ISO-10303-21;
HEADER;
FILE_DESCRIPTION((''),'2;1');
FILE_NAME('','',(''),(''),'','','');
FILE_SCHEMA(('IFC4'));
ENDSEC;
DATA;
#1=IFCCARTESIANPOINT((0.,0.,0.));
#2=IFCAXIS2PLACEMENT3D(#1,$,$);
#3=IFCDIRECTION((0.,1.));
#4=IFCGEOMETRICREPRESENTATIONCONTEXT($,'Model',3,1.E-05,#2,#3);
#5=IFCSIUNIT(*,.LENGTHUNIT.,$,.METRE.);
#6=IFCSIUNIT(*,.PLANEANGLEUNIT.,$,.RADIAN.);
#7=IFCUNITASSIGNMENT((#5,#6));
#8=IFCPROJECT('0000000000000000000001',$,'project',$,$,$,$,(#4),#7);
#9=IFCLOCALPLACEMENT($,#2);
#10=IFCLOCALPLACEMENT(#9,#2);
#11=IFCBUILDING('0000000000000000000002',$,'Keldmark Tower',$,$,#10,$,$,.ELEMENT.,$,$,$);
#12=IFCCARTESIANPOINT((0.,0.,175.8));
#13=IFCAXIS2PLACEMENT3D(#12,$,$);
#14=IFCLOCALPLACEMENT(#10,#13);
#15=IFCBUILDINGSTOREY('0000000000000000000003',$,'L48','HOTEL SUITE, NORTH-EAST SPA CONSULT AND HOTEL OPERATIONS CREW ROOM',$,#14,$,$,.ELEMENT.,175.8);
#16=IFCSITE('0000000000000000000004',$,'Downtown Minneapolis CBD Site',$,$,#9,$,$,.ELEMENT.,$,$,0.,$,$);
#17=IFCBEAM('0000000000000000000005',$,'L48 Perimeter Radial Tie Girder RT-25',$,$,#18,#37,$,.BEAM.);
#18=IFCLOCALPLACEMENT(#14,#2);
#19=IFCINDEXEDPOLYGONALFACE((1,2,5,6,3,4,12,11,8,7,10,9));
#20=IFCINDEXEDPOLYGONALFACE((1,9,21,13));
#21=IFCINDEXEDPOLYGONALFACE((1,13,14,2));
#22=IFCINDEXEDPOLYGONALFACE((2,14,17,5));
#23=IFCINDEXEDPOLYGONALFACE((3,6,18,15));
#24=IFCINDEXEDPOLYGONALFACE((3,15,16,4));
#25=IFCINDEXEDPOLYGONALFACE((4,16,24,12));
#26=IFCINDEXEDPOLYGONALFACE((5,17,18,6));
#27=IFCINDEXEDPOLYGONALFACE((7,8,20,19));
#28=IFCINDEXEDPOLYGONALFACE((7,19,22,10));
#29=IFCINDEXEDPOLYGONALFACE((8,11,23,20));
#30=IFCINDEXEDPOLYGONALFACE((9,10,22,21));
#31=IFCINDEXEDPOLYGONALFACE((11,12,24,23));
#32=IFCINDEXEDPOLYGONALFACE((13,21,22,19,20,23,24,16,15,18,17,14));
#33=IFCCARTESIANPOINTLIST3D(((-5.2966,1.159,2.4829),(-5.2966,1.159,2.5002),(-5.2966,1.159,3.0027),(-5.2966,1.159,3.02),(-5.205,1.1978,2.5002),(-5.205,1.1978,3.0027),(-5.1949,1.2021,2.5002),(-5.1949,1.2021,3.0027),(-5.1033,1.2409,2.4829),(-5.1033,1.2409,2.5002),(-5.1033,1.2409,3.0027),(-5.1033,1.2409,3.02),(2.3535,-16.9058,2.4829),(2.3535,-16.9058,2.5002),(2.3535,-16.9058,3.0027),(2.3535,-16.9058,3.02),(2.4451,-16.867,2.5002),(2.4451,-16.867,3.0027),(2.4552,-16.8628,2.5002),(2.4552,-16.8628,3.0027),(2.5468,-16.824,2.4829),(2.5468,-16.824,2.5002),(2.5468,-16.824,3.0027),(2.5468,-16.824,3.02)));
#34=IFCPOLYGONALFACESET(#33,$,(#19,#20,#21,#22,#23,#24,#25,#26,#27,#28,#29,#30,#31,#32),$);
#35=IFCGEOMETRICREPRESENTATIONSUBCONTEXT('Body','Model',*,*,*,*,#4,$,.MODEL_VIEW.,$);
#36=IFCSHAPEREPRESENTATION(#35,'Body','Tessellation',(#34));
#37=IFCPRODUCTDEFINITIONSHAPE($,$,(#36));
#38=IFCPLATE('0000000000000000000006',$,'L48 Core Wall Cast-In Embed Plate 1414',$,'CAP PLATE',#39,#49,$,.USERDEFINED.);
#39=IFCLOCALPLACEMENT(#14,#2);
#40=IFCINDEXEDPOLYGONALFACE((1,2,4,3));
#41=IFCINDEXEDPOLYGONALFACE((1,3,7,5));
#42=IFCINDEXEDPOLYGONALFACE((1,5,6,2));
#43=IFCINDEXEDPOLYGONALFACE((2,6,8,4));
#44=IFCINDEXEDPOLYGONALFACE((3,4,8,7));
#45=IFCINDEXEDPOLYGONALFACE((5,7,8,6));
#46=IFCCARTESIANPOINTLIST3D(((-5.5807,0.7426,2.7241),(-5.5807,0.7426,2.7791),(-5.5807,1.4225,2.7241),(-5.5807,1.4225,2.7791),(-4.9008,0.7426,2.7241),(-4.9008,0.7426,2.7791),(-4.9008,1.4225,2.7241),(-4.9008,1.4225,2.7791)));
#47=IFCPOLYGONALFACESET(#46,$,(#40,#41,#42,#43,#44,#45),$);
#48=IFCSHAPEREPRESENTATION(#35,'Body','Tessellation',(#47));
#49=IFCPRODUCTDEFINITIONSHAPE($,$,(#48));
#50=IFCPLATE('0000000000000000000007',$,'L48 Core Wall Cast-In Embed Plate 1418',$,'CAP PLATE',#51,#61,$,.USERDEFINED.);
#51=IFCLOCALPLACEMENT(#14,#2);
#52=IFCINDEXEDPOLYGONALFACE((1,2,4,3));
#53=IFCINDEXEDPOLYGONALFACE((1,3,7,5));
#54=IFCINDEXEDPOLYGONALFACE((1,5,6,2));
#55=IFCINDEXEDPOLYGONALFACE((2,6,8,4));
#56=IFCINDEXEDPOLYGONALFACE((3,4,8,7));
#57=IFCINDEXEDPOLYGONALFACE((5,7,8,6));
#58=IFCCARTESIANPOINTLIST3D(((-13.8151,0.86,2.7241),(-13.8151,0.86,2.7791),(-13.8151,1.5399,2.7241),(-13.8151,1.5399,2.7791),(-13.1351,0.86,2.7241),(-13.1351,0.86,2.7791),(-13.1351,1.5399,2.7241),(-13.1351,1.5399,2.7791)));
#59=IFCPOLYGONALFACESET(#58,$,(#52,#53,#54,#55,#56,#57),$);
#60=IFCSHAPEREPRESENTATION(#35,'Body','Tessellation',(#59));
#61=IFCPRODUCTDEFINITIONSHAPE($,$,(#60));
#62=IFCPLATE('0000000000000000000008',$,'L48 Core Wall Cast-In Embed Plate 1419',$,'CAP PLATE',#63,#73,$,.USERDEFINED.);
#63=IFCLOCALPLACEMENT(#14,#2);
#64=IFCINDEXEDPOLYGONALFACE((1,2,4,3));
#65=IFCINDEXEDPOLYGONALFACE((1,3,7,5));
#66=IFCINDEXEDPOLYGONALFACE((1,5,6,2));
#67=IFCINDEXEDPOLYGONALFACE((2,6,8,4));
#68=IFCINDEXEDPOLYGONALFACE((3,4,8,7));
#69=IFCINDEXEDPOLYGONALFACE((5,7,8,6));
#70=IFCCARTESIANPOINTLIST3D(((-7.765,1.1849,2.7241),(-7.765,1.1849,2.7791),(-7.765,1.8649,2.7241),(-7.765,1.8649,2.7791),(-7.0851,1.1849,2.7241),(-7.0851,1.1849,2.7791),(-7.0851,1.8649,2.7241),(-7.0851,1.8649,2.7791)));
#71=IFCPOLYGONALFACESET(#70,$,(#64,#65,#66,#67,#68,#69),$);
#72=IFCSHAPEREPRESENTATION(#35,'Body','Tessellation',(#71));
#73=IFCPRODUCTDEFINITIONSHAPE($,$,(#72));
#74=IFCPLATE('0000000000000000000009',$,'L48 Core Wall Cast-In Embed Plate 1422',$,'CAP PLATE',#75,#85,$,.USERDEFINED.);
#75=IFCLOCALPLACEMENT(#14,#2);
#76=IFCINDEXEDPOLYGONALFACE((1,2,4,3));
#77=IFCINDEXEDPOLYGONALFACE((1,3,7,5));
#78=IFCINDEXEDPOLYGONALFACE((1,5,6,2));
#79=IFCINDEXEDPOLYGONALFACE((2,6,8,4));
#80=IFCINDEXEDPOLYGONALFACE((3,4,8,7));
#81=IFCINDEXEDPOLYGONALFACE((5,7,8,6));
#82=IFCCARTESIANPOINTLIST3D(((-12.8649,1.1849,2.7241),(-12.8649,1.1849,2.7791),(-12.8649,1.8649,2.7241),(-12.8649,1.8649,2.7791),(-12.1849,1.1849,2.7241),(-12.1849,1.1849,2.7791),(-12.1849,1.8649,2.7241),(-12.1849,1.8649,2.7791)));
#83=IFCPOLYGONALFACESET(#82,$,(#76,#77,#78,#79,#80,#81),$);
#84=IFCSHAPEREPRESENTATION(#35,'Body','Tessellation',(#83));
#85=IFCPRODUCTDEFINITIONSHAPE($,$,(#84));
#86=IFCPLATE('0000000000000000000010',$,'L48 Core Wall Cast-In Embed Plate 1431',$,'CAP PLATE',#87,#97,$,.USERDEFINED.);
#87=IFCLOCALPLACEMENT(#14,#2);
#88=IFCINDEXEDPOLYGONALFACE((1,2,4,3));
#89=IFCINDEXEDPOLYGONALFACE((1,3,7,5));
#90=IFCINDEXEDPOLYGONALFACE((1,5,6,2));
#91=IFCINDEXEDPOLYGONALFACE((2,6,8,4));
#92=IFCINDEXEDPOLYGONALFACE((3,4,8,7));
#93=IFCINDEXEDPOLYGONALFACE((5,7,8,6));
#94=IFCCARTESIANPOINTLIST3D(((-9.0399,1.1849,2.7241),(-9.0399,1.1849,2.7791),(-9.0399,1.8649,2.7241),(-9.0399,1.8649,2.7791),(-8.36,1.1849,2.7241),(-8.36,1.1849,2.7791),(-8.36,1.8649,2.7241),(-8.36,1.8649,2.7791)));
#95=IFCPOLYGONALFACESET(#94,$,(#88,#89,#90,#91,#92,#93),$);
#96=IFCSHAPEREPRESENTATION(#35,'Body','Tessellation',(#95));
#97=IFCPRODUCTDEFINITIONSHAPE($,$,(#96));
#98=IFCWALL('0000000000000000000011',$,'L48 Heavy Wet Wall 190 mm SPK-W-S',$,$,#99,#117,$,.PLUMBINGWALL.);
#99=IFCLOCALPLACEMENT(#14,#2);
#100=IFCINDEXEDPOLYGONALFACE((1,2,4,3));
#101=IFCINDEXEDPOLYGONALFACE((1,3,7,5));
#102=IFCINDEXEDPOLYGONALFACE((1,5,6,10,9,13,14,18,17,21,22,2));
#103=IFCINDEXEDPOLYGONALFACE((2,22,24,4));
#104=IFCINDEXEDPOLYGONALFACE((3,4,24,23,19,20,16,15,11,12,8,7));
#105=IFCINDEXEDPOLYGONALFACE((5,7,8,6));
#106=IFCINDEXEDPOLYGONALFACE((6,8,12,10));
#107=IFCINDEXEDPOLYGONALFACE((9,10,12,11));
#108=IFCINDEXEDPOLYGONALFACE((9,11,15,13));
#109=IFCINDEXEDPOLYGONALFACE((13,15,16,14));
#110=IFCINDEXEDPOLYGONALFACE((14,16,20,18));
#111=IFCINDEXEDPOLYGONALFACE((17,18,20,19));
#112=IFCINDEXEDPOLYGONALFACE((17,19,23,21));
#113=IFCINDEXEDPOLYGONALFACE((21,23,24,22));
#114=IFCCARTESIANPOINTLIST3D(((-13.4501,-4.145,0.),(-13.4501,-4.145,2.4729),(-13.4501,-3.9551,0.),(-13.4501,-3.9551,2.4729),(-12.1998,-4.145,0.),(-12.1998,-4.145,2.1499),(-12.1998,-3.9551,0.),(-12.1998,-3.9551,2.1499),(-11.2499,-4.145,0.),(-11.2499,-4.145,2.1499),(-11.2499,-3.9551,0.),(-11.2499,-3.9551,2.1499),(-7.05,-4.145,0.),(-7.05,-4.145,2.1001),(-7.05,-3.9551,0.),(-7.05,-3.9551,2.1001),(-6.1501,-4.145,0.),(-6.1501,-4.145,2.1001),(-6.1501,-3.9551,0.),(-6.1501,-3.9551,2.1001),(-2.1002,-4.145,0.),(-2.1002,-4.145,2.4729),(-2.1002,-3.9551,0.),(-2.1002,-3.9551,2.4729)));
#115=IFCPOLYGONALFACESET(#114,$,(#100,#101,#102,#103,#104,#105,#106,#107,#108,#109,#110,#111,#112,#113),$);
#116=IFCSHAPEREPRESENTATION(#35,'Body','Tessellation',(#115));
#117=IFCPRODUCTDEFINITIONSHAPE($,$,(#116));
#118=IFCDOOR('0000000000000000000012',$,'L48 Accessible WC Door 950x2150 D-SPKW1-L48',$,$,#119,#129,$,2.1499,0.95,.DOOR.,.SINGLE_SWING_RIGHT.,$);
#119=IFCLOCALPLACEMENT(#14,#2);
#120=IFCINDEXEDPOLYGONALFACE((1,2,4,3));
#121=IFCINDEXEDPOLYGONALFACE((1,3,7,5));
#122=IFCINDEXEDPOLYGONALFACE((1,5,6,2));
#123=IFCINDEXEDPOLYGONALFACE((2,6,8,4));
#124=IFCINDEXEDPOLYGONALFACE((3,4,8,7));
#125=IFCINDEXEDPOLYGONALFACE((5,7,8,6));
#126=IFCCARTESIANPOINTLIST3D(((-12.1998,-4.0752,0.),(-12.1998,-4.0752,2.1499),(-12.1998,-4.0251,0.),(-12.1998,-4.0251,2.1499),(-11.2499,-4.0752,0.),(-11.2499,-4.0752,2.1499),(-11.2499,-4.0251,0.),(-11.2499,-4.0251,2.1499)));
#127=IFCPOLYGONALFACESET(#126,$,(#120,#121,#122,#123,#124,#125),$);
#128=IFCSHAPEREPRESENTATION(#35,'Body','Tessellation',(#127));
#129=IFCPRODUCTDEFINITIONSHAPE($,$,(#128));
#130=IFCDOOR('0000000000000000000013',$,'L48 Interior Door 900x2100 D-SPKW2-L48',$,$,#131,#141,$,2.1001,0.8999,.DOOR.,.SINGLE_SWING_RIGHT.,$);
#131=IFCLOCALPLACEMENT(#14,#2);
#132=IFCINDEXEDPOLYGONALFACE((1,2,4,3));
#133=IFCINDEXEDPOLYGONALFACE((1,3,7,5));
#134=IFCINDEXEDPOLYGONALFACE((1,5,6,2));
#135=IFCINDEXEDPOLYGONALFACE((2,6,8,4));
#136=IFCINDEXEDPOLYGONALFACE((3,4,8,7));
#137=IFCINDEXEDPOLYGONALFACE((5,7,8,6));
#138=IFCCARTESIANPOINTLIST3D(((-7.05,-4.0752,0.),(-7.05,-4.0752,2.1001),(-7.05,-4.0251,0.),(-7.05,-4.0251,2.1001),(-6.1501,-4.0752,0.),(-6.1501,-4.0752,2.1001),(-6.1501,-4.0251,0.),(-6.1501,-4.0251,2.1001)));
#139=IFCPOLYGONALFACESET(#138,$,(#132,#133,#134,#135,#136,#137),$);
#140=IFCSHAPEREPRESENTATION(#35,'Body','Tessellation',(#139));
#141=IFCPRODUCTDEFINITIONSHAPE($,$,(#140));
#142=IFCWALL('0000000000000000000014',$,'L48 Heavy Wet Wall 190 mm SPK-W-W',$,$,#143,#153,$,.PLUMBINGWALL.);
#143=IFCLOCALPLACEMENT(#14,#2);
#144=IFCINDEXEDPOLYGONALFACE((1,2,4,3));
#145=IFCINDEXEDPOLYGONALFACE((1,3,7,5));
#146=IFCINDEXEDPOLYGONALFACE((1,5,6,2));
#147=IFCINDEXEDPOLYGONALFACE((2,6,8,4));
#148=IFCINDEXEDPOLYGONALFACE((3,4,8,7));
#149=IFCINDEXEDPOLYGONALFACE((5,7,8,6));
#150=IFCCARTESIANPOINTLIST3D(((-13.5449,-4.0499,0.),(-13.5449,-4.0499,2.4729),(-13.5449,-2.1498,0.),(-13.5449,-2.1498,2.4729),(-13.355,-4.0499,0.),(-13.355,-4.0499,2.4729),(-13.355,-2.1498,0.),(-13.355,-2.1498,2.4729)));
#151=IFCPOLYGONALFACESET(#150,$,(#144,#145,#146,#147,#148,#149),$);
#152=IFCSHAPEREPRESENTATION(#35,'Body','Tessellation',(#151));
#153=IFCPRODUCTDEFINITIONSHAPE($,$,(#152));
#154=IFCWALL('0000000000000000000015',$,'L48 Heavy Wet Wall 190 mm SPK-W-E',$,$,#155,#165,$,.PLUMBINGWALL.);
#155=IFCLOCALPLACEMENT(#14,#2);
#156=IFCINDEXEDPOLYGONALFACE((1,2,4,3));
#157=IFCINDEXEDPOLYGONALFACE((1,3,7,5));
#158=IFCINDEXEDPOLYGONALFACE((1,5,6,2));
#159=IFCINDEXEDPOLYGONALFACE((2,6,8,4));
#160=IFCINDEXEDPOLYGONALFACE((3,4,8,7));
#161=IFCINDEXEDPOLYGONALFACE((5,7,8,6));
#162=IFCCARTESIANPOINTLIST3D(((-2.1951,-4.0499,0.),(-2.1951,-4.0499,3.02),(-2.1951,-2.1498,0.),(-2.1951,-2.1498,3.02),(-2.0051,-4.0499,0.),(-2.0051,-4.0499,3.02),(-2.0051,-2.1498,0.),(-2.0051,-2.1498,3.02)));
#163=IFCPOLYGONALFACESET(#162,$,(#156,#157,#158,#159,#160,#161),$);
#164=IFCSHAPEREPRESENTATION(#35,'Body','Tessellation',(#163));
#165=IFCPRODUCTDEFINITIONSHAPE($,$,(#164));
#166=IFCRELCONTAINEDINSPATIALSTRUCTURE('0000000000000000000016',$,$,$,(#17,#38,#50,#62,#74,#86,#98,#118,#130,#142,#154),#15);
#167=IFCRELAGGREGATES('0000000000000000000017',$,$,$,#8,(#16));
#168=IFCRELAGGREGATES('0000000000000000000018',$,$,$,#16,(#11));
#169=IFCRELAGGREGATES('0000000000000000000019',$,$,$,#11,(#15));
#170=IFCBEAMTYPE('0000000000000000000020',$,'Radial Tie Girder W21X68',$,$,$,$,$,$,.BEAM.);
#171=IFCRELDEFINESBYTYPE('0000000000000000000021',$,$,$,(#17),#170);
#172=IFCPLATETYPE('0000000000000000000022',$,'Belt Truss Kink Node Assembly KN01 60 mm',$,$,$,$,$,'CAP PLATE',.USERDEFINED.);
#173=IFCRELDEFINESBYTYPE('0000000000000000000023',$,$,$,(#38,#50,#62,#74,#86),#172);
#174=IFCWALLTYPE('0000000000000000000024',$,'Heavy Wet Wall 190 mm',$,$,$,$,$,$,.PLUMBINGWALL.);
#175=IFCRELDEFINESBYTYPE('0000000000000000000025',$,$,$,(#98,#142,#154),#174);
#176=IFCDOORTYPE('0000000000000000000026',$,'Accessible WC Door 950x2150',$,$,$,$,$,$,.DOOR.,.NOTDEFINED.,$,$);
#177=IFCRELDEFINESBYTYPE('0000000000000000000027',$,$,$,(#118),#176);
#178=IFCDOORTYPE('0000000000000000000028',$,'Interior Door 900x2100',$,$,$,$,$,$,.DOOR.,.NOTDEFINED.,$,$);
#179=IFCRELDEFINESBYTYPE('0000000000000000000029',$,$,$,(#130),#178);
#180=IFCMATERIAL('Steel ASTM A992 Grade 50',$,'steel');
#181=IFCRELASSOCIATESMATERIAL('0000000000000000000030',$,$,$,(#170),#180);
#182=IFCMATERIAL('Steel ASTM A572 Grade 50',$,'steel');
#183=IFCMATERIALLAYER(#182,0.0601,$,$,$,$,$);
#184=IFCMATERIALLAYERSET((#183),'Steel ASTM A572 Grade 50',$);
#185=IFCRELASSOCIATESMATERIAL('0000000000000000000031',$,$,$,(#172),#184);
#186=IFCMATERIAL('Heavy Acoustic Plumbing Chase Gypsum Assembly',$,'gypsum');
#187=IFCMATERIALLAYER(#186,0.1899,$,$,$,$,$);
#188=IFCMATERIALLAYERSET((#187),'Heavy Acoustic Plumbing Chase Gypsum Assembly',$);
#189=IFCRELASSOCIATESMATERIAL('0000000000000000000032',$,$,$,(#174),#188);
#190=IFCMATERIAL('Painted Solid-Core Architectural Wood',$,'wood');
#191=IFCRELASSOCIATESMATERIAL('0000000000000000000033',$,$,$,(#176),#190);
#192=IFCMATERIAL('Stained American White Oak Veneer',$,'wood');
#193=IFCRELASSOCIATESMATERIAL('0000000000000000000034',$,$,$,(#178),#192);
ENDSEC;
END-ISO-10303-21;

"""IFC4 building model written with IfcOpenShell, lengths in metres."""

from ifc_helpers import new_model, si_unit, direction, frame, frame_2d, origin, origin_2d, place, context, subcontext, project, spatial, rectangle, i_section, extrude, material, layer, layer_set, material_profile, profile_set, type_object, element, fill, save


model = new_model("IFC4")

# Units and contexts
model_context = context("Model", 3, precision=1e-05, world=origin(), true_north=direction((0.0, 1.0)))
body_context = subcontext(model_context, "Body", "Model", "MODEL_VIEW")
ifc_project = project(units=[si_unit("LENGTHUNIT", "METRE"), si_unit("PLANEANGLEUNIT", "RADIAN")], contexts=[model_context])

# Site, building, storey
site_placement = place(None, origin())
site = spatial("IfcSite", under=ifc_project, at=site_placement, Name="Downtown Minneapolis CBD Site", CompositionType="ELEMENT", RefElevation=0.0)
building_placement = place(site_placement, origin())
building = spatial("IfcBuilding", under=site, at=building_placement, Name="Keldmark Tower", CompositionType="ELEMENT")
storey_placement = place(building_placement, frame((0.0, 0.0, 175.8)))
storey = spatial("IfcBuildingStorey", under=building, at=storey_placement, Name="L48", Description="HOTEL SUITE, NORTH-EAST SPA CONSULT AND HOTEL OPERATIONS CREW ROOM", CompositionType="ELEMENT", Elevation=175.8)

# Beam
ifc_material_1 = material(Name="Steel ASTM A992 Grade 50", Category="steel")
ifc_material_profile_1 = material_profile(ifc_material_1, i_section(OverallWidth=0.21, OverallDepth=0.5371, WebThickness=0.011, FlangeThickness=0.0173, at=origin_2d()), Name="W21X68")
ifc_profile_set_1 = profile_set([ifc_material_profile_1], Name="Steel ASTM A992 Grade 50")
beam_type = type_object("IfcBeamType", Name="Radial Tie Girder W21X68", PredefinedType="BEAM", material=ifc_profile_set_1)
beam_1_placement = place(storey_placement, frame((-5.2, 1.2, 2.7515), z_axis=(0.389955, -0.920834, 0.0), x_axis=(0.920834, 0.389955, 0.0)))
element("IfcBeam", 1, at=beam_1_placement, inside=storey, type_object=beam_type, Name="L48 Perimeter Radial Tie Girder RT-25", PredefinedType="BEAM", context=body_context, shape_type="SweptSolid", body=[
    extrude(i_section(OverallWidth=0.21, OverallDepth=0.5371, WebThickness=0.011, FlangeThickness=0.0173, at=origin_2d()), origin(), (0.0, 0.0, 1.0), 19.6179),
])

# Plates
ifc_material_2 = material(Name="Steel ASTM A572 Grade 50", Category="steel")
ifc_layer_1 = layer(ifc_material_2, 0.0601)
ifc_layer_set_1 = layer_set([ifc_layer_1], Name="Steel ASTM A572 Grade 50")
plate_type = type_object("IfcPlateType", Name="Belt Truss Kink Node Assembly KN01 60 mm", ElementType="CAP PLATE", PredefinedType="USERDEFINED", material=ifc_layer_set_1)
for number, where, z_axis, x_axis, name in (
    (2, (-5.2407, 1.0825, 2.7241), (0.0, 0.0, 1.0), (1.0, 0.0, 0.0), "L48 Core Wall Cast-In Embed Plate 1414"),
    (3, (-13.4751, 1.2, 2.7241), (0.0, 0.0, 1.0), (1.0, 0.0, 0.0), "L48 Core Wall Cast-In Embed Plate 1418"),
    (4, (-7.425, 1.5249, 2.7241), (0.0, 0.0, 1.0), (1.0, 0.0, 0.0), "L48 Core Wall Cast-In Embed Plate 1419"),
    (5, (-12.5249, 1.5249, 2.7241), (0.0, 0.0, 1.0), (1.0, 0.0, 0.0), "L48 Core Wall Cast-In Embed Plate 1422"),
    (6, (-8.7, 1.5249, 2.7241), (0.0, 0.0, 1.0), (1.0, 0.0, 0.0), "L48 Core Wall Cast-In Embed Plate 1431"),
):
    element("IfcPlate", number, at=place(storey_placement, frame(where, z_axis=z_axis, x_axis=x_axis)), inside=storey, type_object=plate_type, Name=name, ObjectType="CAP PLATE", PredefinedType="USERDEFINED", context=body_context, shape_type="SweptSolid", body=[
        extrude(rectangle(XDim=0.6799, YDim=0.6799, at=origin_2d()), origin(), (0.0, 0.0, 1.0), 0.0549),
    ])

# Wall, openings, doors
ifc_material_3 = material(Name="Heavy Acoustic Plumbing Chase Gypsum Assembly", Category="gypsum")
ifc_layer_2 = layer(ifc_material_3, 0.1899)
ifc_layer_set_2 = layer_set([ifc_layer_2], Name="Heavy Acoustic Plumbing Chase Gypsum Assembly")
wall_type_1 = type_object("IfcWallType", Name="Heavy Wet Wall 190 mm", PredefinedType="PLUMBINGWALL", material=ifc_layer_set_2)
wall_1_placement = place(storey_placement, frame((-13.45, -4.05, 0.0), z_axis=(0.0, 0.0, 1.0), x_axis=(1.0, 0.0, 0.0)))
wall_1 = element("IfcWall", 7, at=wall_1_placement, inside=storey, type_object=wall_type_1, Name="L48 Heavy Wet Wall 190 mm SPK-W-S", PredefinedType="PLUMBINGWALL", context=body_context, shape_type="SweptSolid", body=[
    extrude(rectangle(XDim=11.3499, YDim=0.1899, at=frame_2d((5.6748, 0.0))), origin(), (0.0, 0.0, 1.0), 2.4729),
])
opening_1_placement = place(wall_1_placement, frame((1.25, 0.0, 0.0)))
opening_1 = element("IfcOpeningElement", 8, at=opening_1_placement, cuts=wall_1, PredefinedType="OPENING", context=body_context, shape_type="SweptSolid", body=[
    extrude(rectangle(XDim=0.95, YDim=2.1499, at=frame_2d((0.4751, 1.075))), frame((0.0, 0.105, 0.0), z_axis=(0.0, -1.0, 0.0), x_axis=(1.0, 0.0, 0.0)), (0.0, 0.0, 1.0), 0.21),
])
opening_2_placement = place(wall_1_placement, frame((6.3999, 0.0, 0.0)))
opening_2 = element("IfcOpeningElement", 9, at=opening_2_placement, cuts=wall_1, PredefinedType="OPENING", context=body_context, shape_type="SweptSolid", body=[
    extrude(rectangle(XDim=0.8999, YDim=2.1001, at=frame_2d((0.45, 1.05))), frame((0.0, 0.105, 0.0), z_axis=(0.0, -1.0, 0.0), x_axis=(1.0, 0.0, 0.0)), (0.0, 0.0, 1.0), 0.21),
])
ifc_material_4 = material(Name="Painted Solid-Core Architectural Wood", Category="wood")
door_type_1 = type_object("IfcDoorType", Name="Accessible WC Door 950x2150", OperationType="NOTDEFINED", PredefinedType="DOOR", material=ifc_material_4)
door_1_placement = place(opening_1_placement, origin())
door_1 = element("IfcDoor", 10, at=door_1_placement, inside=storey, type_object=door_type_1, Name="L48 Accessible WC Door 950x2150 D-SPKW1-L48", OperationType="SINGLE_SWING_RIGHT", OverallHeight=2.1499, OverallWidth=0.95, PredefinedType="DOOR", context=body_context, shape_type="SweptSolid", body=[
    extrude(rectangle(XDim=0.95, YDim=2.1499, at=frame_2d((0.4751, 1.075))), frame((0.0, 0.0249, 0.0), z_axis=(0.0, -1.0, 0.0), x_axis=(1.0, 0.0, 0.0)), (0.0, 0.0, 1.0), 0.05),
])
fill(opening_1, door_1)
ifc_material_5 = material(Name="Stained American White Oak Veneer", Category="wood")
door_type_2 = type_object("IfcDoorType", Name="Interior Door 900x2100", OperationType="NOTDEFINED", PredefinedType="DOOR", material=ifc_material_5)
door_2_placement = place(opening_2_placement, origin())
door_2 = element("IfcDoor", 11, at=door_2_placement, inside=storey, type_object=door_type_2, Name="L48 Interior Door 900x2100 D-SPKW2-L48", OperationType="SINGLE_SWING_RIGHT", OverallHeight=2.1001, OverallWidth=0.8999, PredefinedType="DOOR", context=body_context, shape_type="SweptSolid", body=[
    extrude(rectangle(XDim=0.8999, YDim=2.1001, at=frame_2d((0.45, 1.05))), frame((0.0, 0.0249, 0.0), z_axis=(0.0, -1.0, 0.0), x_axis=(1.0, 0.0, 0.0)), (0.0, 0.0, 1.0), 0.05),
])
fill(opening_2, door_2)

# Walls
wall_2_placement = place(storey_placement, frame((-13.45, -4.05, 0.0), z_axis=(0.0, 0.0, 1.0), x_axis=(0.0, 1.0, 0.0)))
element("IfcWall", 12, at=wall_2_placement, inside=storey, type_object=wall_type_1, Name="L48 Heavy Wet Wall 190 mm SPK-W-W", PredefinedType="PLUMBINGWALL", context=body_context, shape_type="SweptSolid", body=[
    extrude(rectangle(XDim=1.9001, YDim=0.1899, at=frame_2d((0.9502, 0.0))), origin(), (0.0, 0.0, 1.0), 2.4729),
])
wall_3_placement = place(storey_placement, frame((-2.1001, -4.05, 0.0), z_axis=(0.0, 0.0, 1.0), x_axis=(0.0, 1.0, 0.0)))
element("IfcWall", 13, at=wall_3_placement, inside=storey, type_object=wall_type_1, Name="L48 Heavy Wet Wall 190 mm SPK-W-E", PredefinedType="PLUMBINGWALL", context=body_context, shape_type="SweptSolid", body=[
    extrude(rectangle(XDim=1.9001, YDim=0.1899, at=frame_2d((0.9502, 0.0))), origin(), (0.0, 0.0, 1.0), 3.02),
])

save(model, "model.ifc")
